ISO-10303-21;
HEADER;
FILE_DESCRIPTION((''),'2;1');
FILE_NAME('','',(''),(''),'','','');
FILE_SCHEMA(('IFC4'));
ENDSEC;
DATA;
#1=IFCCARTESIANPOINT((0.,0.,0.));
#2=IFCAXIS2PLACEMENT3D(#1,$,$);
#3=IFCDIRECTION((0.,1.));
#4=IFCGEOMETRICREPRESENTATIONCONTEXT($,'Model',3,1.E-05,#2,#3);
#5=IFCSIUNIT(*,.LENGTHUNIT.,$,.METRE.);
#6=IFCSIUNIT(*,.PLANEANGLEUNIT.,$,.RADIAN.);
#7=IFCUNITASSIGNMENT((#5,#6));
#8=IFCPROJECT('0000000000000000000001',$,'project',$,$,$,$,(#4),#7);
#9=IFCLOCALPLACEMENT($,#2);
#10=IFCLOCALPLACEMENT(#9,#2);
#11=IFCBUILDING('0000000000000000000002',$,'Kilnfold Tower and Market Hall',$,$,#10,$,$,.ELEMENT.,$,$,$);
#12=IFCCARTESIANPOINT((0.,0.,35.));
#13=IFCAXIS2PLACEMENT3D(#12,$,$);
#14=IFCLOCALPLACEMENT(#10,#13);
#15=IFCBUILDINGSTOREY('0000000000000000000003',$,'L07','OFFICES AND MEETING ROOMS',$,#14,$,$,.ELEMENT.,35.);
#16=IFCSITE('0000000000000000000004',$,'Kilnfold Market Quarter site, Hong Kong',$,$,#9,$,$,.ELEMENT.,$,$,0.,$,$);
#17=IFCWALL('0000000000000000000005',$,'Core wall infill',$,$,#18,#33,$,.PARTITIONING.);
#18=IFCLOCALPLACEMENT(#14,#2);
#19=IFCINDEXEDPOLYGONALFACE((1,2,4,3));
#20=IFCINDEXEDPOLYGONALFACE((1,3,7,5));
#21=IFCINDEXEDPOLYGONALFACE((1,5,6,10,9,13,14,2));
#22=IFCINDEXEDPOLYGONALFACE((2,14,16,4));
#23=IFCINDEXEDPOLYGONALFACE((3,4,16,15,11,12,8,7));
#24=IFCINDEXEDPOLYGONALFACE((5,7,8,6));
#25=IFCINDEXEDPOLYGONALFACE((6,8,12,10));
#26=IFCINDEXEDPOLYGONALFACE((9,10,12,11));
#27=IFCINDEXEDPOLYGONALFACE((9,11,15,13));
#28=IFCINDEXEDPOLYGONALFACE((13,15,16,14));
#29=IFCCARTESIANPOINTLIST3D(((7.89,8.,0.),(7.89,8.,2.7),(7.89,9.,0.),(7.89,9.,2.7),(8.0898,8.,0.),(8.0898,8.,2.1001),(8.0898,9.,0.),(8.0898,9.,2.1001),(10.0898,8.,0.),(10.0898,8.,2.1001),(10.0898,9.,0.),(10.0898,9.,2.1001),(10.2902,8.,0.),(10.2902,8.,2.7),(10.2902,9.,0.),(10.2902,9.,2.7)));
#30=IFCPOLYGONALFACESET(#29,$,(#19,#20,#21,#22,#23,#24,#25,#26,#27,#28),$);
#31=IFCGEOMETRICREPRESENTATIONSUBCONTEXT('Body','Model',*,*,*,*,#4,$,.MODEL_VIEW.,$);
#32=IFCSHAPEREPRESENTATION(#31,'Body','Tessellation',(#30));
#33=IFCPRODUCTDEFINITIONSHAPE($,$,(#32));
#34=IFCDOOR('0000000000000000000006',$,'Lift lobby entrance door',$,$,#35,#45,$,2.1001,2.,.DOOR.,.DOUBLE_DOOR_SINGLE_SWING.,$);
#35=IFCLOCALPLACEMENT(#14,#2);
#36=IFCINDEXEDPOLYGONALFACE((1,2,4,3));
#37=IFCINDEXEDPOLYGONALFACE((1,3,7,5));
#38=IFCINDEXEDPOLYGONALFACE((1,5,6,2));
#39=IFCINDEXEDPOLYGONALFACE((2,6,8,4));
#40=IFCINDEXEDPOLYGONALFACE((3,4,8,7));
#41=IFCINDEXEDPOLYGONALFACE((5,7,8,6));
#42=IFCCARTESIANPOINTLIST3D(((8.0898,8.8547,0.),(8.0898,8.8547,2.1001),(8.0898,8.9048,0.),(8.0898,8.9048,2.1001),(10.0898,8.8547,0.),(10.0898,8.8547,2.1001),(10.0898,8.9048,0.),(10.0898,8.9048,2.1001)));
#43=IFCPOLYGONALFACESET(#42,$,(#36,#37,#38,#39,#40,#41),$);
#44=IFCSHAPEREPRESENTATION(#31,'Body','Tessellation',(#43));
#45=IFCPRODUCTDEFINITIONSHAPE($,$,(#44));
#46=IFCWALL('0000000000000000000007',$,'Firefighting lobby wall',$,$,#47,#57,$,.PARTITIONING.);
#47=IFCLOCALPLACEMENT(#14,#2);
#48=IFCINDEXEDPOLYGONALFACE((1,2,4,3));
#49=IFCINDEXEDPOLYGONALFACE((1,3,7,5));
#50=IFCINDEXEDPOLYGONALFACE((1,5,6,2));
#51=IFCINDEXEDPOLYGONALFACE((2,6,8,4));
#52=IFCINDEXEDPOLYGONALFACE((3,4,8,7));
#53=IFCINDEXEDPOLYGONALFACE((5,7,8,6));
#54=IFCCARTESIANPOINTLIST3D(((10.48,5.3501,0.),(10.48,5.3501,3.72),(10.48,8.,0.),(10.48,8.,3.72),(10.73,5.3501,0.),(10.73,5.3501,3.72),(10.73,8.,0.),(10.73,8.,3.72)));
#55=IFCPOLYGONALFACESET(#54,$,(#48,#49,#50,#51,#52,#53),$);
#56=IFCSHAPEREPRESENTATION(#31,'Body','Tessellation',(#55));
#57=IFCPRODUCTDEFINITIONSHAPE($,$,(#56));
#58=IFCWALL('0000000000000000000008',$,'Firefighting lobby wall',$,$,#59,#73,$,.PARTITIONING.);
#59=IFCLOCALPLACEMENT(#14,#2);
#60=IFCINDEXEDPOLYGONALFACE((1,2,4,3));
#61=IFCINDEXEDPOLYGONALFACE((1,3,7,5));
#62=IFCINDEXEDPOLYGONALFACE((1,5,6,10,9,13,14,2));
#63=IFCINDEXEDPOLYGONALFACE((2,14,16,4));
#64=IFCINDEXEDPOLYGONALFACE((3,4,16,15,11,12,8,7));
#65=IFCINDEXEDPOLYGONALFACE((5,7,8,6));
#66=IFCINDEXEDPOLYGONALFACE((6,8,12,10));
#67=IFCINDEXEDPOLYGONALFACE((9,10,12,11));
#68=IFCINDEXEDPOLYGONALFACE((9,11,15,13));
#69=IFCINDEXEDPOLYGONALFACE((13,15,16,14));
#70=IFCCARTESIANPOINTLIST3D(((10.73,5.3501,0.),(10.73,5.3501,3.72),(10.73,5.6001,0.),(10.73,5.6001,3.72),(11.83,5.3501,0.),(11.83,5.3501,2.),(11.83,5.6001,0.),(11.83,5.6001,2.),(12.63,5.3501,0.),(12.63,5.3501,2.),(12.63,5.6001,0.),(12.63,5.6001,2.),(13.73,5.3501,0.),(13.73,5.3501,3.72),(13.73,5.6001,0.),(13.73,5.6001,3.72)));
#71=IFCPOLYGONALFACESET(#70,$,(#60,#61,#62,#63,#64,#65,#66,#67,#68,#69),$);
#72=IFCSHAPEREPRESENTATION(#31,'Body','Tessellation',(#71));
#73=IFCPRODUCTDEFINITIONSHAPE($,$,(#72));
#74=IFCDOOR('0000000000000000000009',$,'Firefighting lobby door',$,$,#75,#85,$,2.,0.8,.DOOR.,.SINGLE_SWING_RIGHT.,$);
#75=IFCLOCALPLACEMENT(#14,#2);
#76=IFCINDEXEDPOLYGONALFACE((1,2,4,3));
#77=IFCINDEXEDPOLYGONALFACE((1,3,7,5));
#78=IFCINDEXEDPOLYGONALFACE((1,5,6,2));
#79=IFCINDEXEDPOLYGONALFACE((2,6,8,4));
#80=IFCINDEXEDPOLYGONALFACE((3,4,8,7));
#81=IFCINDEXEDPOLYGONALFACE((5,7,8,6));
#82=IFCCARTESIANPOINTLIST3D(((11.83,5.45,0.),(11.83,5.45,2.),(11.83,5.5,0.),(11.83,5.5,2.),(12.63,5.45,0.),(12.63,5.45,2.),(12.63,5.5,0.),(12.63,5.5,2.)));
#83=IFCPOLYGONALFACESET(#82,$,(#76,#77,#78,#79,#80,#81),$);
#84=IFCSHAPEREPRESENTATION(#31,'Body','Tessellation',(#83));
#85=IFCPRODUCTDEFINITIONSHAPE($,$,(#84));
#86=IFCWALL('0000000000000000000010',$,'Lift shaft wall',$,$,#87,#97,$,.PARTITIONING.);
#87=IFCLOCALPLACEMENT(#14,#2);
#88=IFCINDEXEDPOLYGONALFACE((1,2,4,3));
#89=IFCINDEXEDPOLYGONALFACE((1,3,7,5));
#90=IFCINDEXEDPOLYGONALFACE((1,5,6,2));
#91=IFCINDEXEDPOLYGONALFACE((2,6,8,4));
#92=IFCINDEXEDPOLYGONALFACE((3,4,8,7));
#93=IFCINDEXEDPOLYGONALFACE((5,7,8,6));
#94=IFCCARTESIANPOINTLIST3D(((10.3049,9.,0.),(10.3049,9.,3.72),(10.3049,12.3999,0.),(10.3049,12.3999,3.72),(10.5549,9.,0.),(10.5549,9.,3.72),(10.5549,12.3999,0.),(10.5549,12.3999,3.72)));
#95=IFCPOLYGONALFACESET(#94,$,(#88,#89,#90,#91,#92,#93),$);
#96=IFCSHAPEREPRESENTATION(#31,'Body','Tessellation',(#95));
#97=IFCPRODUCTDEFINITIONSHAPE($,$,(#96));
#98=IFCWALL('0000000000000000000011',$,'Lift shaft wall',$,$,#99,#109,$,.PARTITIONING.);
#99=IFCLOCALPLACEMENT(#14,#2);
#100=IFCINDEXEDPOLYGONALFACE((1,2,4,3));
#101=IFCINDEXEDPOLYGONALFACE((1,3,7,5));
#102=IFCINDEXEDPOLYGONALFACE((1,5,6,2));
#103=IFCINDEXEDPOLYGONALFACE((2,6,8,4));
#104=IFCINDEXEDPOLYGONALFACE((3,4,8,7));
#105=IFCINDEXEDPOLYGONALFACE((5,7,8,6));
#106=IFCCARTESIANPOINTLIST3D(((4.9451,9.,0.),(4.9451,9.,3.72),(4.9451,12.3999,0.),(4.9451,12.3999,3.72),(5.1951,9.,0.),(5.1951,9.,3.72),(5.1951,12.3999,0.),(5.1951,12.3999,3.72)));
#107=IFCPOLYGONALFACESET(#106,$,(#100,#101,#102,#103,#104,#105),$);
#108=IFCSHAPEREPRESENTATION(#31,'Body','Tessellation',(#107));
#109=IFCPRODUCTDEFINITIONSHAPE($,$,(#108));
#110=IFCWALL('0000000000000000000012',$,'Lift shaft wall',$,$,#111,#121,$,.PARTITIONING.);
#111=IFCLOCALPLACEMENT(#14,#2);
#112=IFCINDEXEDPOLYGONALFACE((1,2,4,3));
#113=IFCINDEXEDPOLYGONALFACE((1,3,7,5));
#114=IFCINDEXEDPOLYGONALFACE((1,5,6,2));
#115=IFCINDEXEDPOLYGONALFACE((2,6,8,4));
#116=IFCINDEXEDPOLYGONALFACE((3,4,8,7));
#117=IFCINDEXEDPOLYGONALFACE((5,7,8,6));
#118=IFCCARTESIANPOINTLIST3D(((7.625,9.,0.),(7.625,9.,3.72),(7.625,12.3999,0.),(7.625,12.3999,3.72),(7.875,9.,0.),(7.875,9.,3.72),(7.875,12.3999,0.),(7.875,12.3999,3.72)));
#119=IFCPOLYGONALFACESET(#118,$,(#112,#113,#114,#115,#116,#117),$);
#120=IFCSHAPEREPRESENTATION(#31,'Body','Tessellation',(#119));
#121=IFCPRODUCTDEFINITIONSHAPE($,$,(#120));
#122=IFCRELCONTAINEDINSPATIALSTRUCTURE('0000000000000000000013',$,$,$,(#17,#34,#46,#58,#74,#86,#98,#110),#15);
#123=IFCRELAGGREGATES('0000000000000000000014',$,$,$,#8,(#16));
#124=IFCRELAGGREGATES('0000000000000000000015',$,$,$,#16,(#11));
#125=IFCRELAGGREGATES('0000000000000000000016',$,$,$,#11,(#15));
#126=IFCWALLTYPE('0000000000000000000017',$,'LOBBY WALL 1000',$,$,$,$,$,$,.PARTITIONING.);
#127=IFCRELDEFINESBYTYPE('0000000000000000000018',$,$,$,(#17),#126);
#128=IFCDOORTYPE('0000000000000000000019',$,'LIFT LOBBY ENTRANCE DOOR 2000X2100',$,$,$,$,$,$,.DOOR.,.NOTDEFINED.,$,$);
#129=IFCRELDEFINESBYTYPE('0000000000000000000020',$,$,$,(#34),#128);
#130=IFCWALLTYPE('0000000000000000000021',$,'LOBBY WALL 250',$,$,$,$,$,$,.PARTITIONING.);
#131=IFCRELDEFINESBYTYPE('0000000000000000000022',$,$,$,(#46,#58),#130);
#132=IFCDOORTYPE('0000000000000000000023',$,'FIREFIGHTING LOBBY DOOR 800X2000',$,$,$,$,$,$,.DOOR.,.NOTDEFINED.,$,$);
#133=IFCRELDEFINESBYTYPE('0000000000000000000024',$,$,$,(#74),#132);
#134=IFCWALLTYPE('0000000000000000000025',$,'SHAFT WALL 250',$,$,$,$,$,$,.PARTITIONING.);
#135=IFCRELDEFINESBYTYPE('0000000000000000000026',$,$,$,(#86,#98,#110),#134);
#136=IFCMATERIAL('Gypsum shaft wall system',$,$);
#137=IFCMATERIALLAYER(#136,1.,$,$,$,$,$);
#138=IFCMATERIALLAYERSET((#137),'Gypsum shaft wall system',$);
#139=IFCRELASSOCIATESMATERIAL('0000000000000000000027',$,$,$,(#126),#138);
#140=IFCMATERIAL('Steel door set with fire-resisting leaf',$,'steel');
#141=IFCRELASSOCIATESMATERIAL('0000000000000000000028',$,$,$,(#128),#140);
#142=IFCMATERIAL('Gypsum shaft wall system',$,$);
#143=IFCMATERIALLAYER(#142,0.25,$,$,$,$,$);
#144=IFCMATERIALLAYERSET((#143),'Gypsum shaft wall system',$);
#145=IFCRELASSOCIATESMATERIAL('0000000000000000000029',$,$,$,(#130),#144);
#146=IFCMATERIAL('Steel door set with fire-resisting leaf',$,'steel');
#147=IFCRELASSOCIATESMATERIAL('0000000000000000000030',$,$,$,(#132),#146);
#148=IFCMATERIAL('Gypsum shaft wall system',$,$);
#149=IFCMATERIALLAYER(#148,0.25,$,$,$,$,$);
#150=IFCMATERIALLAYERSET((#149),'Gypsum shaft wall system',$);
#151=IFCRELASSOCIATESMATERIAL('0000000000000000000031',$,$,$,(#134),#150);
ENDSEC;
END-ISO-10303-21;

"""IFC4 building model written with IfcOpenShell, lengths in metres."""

from ifc_helpers import new_model, si_unit, direction, frame, frame_2d, origin, place, context, subcontext, project, spatial, rectangle, extrude, source, transform, mapped, material, layer, layer_set, type_object, element, fill, save


model = new_model("IFC4")

# Units and contexts
model_context = context("Model", 3, precision=1e-05, world=origin(), true_north=direction((0.0, 1.0)))
body_context = subcontext(model_context, "Body", "Model", "MODEL_VIEW")
ifc_project = project(units=[si_unit("LENGTHUNIT", "METRE"), si_unit("PLANEANGLEUNIT", "RADIAN")], contexts=[model_context])

# Site, building, storey
site_placement = place(None, origin())
site = spatial("IfcSite", under=ifc_project, at=site_placement, Name="Kilnfold Market Quarter site, Hong Kong", CompositionType="ELEMENT", RefElevation=0.0)
building_placement = place(site_placement, origin())
building = spatial("IfcBuilding", under=site, at=building_placement, Name="Kilnfold Tower and Market Hall", CompositionType="ELEMENT")
storey_placement = place(building_placement, frame((0.0, 0.0, 35.0)))
storey = spatial("IfcBuildingStorey", under=building, at=storey_placement, Name="L07", Description="OFFICES AND MEETING ROOMS", CompositionType="ELEMENT", Elevation=35.0)

# Wall, opening, door
ifc_material_1 = material(Name="Gypsum shaft wall system")
ifc_layer_1 = layer(ifc_material_1, 1.0)
ifc_layer_set_1 = layer_set([ifc_layer_1], Name="Gypsum shaft wall system")
wall_type_1 = type_object("IfcWallType", Name="LOBBY WALL 1000", PredefinedType="PARTITIONING", material=ifc_layer_set_1)
shared_shape_1 = source(origin(), body_context, "Body", "SweptSolid", [
    extrude(rectangle(XDim=2.4001, YDim=1.0, at=frame_2d((1.2002, 0.0))), origin(), (0.0, 0.0, 1.0), 2.7),
])
wall_1_placement = place(storey_placement, frame((7.8899, 8.5, 0.0), z_axis=(0.0, 0.0, 1.0), x_axis=(1.0, 0.0, 0.0)))
wall_1 = element("IfcWall", 1, at=wall_1_placement, inside=storey, type_object=wall_type_1, Name="Core wall infill", PredefinedType="PARTITIONING", context=body_context, shape_type="MappedRepresentation", body=[
    mapped(shared_shape_1, transform((0.0, 0.0, 0.0))),
])
opening_1_placement = place(wall_1_placement, frame((0.2, 0.0, 0.0)))
opening_1 = element("IfcOpeningElement", 2, at=opening_1_placement, cuts=wall_1, PredefinedType="OPENING", context=body_context, shape_type="SweptSolid", body=[
    extrude(rectangle(XDim=2.0, YDim=2.1001, at=frame_2d((1.0, 1.05))), frame((0.0, 0.51, 0.0), z_axis=(0.0, -1.0, 0.0), x_axis=(1.0, 0.0, 0.0)), (0.0, 0.0, 1.0), 1.02),
])
ifc_material_2 = material(Name="Steel door set with fire-resisting leaf", Category="steel")
door_type_1 = type_object("IfcDoorType", Name="LIFT LOBBY ENTRANCE DOOR 2000X2100", OperationType="NOTDEFINED", PredefinedType="DOOR", material=ifc_material_2)
door_1_placement = place(opening_1_placement, origin())
door_1 = element("IfcDoor", 3, at=door_1_placement, inside=storey, type_object=door_type_1, Name="Lift lobby entrance door", OperationType="DOUBLE_DOOR_SINGLE_SWING", OverallHeight=2.1001, OverallWidth=2.0, PredefinedType="DOOR", context=body_context, shape_type="SweptSolid", body=[
    extrude(rectangle(XDim=2.0, YDim=2.1001, at=frame_2d((1.0, 1.05))), frame((0.0, 0.4048, 0.0), z_axis=(0.0, -1.0, 0.0), x_axis=(1.0, 0.0, 0.0)), (0.0, 0.0, 1.0), 0.05),
])
fill(opening_1, door_1)

# Wall
ifc_material_3 = material(Name="Gypsum shaft wall system")
ifc_layer_2 = layer(ifc_material_3, 0.25)
ifc_layer_set_2 = layer_set([ifc_layer_2], Name="Gypsum shaft wall system")
wall_type_2 = type_object("IfcWallType", Name="LOBBY WALL 250", PredefinedType="PARTITIONING", material=ifc_layer_set_2)
shared_shape_2 = source(origin(), body_context, "Body", "SweptSolid", [
    extrude(rectangle(XDim=2.6499, YDim=0.25, at=frame_2d((1.325, 0.0))), origin(), (0.0, 0.0, 1.0), 3.72),
])
wall_2_placement = place(storey_placement, frame((10.605, 5.3501, 0.0), z_axis=(0.0, 0.0, 1.0), x_axis=(0.0, 1.0, 0.0)))
element("IfcWall", 4, at=wall_2_placement, inside=storey, type_object=wall_type_2, Name="Firefighting lobby wall", PredefinedType="PARTITIONING", context=body_context, shape_type="MappedRepresentation", body=[
    mapped(shared_shape_2, transform((0.0, 0.0, 0.0))),
])

# Wall, opening, door
shared_shape_3 = source(origin(), body_context, "Body", "SweptSolid", [
    extrude(rectangle(XDim=3.0, YDim=0.25, at=frame_2d((1.5, 0.0))), origin(), (0.0, 0.0, 1.0), 3.72),
])
wall_3_placement = place(storey_placement, frame((10.73, 5.4751, 0.0), z_axis=(0.0, 0.0, 1.0), x_axis=(1.0, 0.0, 0.0)))
wall_3 = element("IfcWall", 5, at=wall_3_placement, inside=storey, type_object=wall_type_2, Name="Firefighting lobby wall", PredefinedType="PARTITIONING", context=body_context, shape_type="MappedRepresentation", body=[
    mapped(shared_shape_3, transform((0.0, 0.0, 0.0))),
])
opening_2_placement = place(wall_3_placement, frame((1.1001, 0.0, 0.0)))
opening_2 = element("IfcOpeningElement", 6, at=opening_2_placement, cuts=wall_3, PredefinedType="OPENING", context=body_context, shape_type="SweptSolid", body=[
    extrude(rectangle(XDim=0.8, YDim=2.0, at=frame_2d((0.3999, 1.0))), frame((0.0, 0.135, 0.0), z_axis=(0.0, -1.0, 0.0), x_axis=(1.0, 0.0, 0.0)), (0.0, 0.0, 1.0), 0.27),
])
ifc_material_4 = material(Name="Steel door set with fire-resisting leaf", Category="steel")
door_type_2 = type_object("IfcDoorType", Name="FIREFIGHTING LOBBY DOOR 800X2000", OperationType="NOTDEFINED", PredefinedType="DOOR", material=ifc_material_4)
door_2_placement = place(opening_2_placement, origin())
door_2 = element("IfcDoor", 7, at=door_2_placement, inside=storey, type_object=door_type_2, Name="Firefighting lobby door", OperationType="SINGLE_SWING_RIGHT", OverallHeight=2.0, OverallWidth=0.8, PredefinedType="DOOR", context=body_context, shape_type="SweptSolid", body=[
    extrude(rectangle(XDim=0.8, YDim=2.0, at=frame_2d((0.3999, 1.0))), frame((0.0, 0.0249, 0.0), z_axis=(0.0, -1.0, 0.0), x_axis=(1.0, 0.0, 0.0)), (0.0, 0.0, 1.0), 0.05),
])
fill(opening_2, door_2)

# Walls
ifc_material_5 = material(Name="Gypsum shaft wall system")
ifc_layer_3 = layer(ifc_material_5, 0.25)
ifc_layer_set_3 = layer_set([ifc_layer_3], Name="Gypsum shaft wall system")
wall_type_3 = type_object("IfcWallType", Name="SHAFT WALL 250", PredefinedType="PARTITIONING", material=ifc_layer_set_3)
shared_shape_4 = source(origin(), body_context, "Body", "SweptSolid", [
    extrude(rectangle(XDim=3.3999, YDim=0.25, at=frame_2d((1.7, 0.0))), origin(), (0.0, 0.0, 1.0), 3.72),
])
for number, where, z_axis, x_axis, name in (
    (8, (10.4299, 9.0, 0.0), (0.0, 0.0, 1.0), (0.0, 1.0, 0.0), "Lift shaft wall"),
    (9, (5.0701, 9.0, 0.0), (0.0, 0.0, 1.0), (0.0, 1.0, 0.0), "Lift shaft wall"),
    (10, (7.75, 9.0, 0.0), (0.0, 0.0, 1.0), (0.0, 1.0, 0.0), "Lift shaft wall"),
):
    element("IfcWall", number, at=place(storey_placement, frame(where, z_axis=z_axis, x_axis=x_axis)), inside=storey, type_object=wall_type_3, Name=name, PredefinedType="PARTITIONING", context=body_context, shape_type="MappedRepresentation", body=[
        mapped(shared_shape_4, transform((0.0, 0.0, 0.0))),
    ])

save(model, "model.ifc")
